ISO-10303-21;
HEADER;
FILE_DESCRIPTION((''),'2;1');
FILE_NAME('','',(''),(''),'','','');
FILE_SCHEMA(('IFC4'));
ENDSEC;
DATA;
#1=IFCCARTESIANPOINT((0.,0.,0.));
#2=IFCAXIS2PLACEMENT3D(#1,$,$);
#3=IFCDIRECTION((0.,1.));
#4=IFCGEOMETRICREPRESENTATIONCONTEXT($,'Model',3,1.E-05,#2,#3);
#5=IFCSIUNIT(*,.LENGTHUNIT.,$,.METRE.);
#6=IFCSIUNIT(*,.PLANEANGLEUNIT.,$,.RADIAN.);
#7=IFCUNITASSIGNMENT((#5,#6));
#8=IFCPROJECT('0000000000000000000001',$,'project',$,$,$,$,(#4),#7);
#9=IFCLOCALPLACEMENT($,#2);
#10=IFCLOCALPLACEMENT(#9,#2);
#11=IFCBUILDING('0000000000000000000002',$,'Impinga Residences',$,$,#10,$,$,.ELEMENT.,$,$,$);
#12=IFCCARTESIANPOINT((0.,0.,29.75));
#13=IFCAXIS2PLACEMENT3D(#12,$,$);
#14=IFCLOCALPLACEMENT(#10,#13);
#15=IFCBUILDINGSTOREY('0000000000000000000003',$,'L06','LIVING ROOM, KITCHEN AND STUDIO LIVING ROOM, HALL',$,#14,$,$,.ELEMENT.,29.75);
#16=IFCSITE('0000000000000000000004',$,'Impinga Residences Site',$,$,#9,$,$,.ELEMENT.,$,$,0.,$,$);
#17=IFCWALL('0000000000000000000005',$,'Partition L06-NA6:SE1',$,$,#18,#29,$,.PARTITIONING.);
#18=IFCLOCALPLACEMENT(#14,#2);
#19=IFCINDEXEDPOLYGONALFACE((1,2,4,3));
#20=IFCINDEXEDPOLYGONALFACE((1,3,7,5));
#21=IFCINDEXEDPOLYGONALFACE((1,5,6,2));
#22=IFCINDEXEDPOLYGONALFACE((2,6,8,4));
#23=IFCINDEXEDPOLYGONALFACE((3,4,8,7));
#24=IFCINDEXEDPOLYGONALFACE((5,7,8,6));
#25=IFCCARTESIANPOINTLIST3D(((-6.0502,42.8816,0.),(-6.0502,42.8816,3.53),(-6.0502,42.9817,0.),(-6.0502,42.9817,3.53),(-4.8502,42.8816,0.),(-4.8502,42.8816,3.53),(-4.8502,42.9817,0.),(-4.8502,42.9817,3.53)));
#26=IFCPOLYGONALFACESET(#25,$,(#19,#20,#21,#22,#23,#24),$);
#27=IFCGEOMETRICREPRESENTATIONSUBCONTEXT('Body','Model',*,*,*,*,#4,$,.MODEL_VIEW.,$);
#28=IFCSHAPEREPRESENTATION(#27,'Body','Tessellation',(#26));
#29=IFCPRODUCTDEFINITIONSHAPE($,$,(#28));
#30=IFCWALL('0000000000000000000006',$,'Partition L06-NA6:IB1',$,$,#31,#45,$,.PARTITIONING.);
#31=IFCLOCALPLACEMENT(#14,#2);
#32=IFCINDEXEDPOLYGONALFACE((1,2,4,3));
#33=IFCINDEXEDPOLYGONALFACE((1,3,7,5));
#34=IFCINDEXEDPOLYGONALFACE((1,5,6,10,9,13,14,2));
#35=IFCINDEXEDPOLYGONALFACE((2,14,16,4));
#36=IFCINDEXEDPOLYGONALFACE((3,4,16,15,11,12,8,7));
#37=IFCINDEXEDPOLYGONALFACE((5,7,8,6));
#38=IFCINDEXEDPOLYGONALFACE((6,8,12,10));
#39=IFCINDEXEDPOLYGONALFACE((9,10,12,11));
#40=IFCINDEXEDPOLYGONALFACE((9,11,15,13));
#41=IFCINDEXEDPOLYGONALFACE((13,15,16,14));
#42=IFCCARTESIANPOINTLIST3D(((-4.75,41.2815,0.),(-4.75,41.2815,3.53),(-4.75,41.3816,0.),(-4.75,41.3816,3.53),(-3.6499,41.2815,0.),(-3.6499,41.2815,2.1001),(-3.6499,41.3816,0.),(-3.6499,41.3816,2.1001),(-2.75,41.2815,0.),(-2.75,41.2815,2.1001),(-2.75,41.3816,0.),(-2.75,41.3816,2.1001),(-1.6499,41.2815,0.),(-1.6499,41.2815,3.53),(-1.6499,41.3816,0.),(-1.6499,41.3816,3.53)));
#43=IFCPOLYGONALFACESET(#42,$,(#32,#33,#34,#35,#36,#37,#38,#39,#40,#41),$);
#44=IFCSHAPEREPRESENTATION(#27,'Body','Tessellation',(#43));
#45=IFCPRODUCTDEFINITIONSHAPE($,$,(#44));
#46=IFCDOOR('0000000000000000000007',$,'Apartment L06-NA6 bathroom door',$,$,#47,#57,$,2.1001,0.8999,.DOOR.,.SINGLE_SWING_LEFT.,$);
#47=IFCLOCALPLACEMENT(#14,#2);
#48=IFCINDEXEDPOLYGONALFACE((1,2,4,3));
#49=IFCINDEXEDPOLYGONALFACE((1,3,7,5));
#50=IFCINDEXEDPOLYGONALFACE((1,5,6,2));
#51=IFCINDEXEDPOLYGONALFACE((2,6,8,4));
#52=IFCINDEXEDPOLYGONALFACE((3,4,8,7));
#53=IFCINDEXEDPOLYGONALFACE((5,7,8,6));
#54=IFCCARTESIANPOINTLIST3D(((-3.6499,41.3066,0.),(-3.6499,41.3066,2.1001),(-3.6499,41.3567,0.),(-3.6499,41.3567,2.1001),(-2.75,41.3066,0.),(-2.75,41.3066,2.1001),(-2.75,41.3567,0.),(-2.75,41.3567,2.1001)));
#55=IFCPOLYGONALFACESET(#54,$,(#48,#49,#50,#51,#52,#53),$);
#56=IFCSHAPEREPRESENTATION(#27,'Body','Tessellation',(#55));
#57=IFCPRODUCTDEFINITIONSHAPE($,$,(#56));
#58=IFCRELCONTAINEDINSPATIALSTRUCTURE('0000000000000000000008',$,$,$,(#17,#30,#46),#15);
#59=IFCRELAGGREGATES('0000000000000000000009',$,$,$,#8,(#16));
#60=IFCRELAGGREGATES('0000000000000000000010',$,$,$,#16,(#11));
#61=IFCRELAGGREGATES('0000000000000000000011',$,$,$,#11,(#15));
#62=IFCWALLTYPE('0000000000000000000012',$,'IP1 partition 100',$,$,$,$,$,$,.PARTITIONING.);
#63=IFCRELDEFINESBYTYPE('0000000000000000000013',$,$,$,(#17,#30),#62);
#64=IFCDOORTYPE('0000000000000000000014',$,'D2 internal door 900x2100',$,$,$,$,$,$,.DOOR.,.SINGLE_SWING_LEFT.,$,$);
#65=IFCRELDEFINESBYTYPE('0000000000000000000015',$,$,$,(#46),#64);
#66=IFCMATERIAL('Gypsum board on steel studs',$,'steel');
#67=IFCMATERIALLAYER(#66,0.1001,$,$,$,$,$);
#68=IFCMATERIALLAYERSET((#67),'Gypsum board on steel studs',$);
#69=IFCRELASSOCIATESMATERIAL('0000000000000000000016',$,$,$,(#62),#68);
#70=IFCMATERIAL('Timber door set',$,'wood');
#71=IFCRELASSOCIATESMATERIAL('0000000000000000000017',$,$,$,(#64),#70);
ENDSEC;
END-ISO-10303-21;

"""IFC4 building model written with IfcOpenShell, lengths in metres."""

from ifc_helpers import new_model, si_unit, direction, frame, frame_2d, origin, place, context, subcontext, project, spatial, rectangle, extrude, material, layer, layer_set, type_object, element, fill, save


model = new_model("IFC4")

# Units and contexts
model_context = context("Model", 3, precision=1e-05, world=origin(), true_north=direction((0.0, 1.0)))
body_context = subcontext(model_context, "Body", "Model", "MODEL_VIEW")
ifc_project = project(units=[si_unit("LENGTHUNIT", "METRE"), si_unit("PLANEANGLEUNIT", "RADIAN")], contexts=[model_context])

# Site, building, storey
site_placement = place(None, origin())
site = spatial("IfcSite", under=ifc_project, at=site_placement, Name="Impinga Residences Site", CompositionType="ELEMENT", RefElevation=0.0)
building_placement = place(site_placement, origin())
building = spatial("IfcBuilding", under=site, at=building_placement, Name="Impinga Residences", CompositionType="ELEMENT")
storey_placement = place(building_placement, frame((0.0, 0.0, 29.75)))
storey = spatial("IfcBuildingStorey", under=building, at=storey_placement, Name="L06", Description="LIVING ROOM, KITCHEN AND STUDIO LIVING ROOM, HALL", CompositionType="ELEMENT", Elevation=29.75)

# Shared definitions
ifc_material_1 = material(Name="Gypsum board on steel studs", Category="steel")
ifc_layer_1 = layer(ifc_material_1, 0.1001)
ifc_layer_set_1 = layer_set([ifc_layer_1], Name="Gypsum board on steel studs")
wall_type_1 = type_object("IfcWallType", Name="IP1 partition 100", PredefinedType="PARTITIONING", material=ifc_layer_set_1)

# Shared definitions
ifc_material_2 = material(Name="Timber door set", Category="wood")
door_type = type_object("IfcDoorType", Name="D2 internal door 900x2100", OperationType="SINGLE_SWING_LEFT", PredefinedType="DOOR", material=ifc_material_2)

# Wall
for number, where, z_axis, x_axis, name in (
    (1, (-4.8501, 42.9316, 0.0), (0.0, 0.0, 1.0), (-1.0, 0.0, 0.0), "Partition L06-NA6:SE1"),
):
    element("IfcWall", number, at=place(storey_placement, frame(where, z_axis=z_axis, x_axis=x_axis)), inside=storey, type_object=wall_type_1, Name=name, PredefinedType="PARTITIONING", context=body_context, shape_type="SweptSolid", body=[
        extrude(rectangle(XDim=1.2, YDim=0.1001, at=frame_2d((0.6001, 0.0))), origin(), (0.0, 0.0, 1.0), 3.53),
    ])

# Wall, opening, door
wall_1_placement = place(storey_placement, frame((-1.6499, 41.3315, 0.0), z_axis=(0.0, 0.0, 1.0), x_axis=(-1.0, 0.0, 0.0)))
wall_1 = element("IfcWall", 2, at=wall_1_placement, inside=storey, type_object=wall_type_1, Name="Partition L06-NA6:IB1", PredefinedType="PARTITIONING", context=body_context, shape_type="SweptSolid", body=[
    extrude(rectangle(XDim=3.1001, YDim=0.1001, at=frame_2d((1.55, 0.0))), origin(), (0.0, 0.0, 1.0), 3.53),
])
opening_1_placement = place(wall_1_placement, frame((1.1001, 0.0, 0.0)))
opening_1 = element("IfcOpeningElement", 3, at=opening_1_placement, cuts=wall_1, PredefinedType="OPENING", context=body_context, shape_type="SweptSolid", body=[
    extrude(rectangle(XDim=0.8999, YDim=2.1001, at=frame_2d((0.45, 1.05))), frame((0.0, 0.0601, 0.0), z_axis=(0.0, -1.0, 0.0), x_axis=(1.0, 0.0, 0.0)), (0.0, 0.0, 1.0), 0.1201),
])
door_1_placement = place(opening_1_placement, origin())
door_1 = element("IfcDoor", 4, at=door_1_placement, inside=storey, type_object=door_type, Name="Apartment L06-NA6 bathroom door", OperationType="SINGLE_SWING_LEFT", OverallHeight=2.1001, OverallWidth=0.8999, PredefinedType="DOOR", context=body_context, shape_type="SweptSolid", body=[
    extrude(rectangle(XDim=0.8999, YDim=2.1001, at=frame_2d((0.45, 1.05))), frame((0.0, 0.0249, 0.0), z_axis=(0.0, -1.0, 0.0), x_axis=(1.0, 0.0, 0.0)), (0.0, 0.0, 1.0), 0.05),
])
fill(opening_1, door_1)

save(model, "model.ifc")
